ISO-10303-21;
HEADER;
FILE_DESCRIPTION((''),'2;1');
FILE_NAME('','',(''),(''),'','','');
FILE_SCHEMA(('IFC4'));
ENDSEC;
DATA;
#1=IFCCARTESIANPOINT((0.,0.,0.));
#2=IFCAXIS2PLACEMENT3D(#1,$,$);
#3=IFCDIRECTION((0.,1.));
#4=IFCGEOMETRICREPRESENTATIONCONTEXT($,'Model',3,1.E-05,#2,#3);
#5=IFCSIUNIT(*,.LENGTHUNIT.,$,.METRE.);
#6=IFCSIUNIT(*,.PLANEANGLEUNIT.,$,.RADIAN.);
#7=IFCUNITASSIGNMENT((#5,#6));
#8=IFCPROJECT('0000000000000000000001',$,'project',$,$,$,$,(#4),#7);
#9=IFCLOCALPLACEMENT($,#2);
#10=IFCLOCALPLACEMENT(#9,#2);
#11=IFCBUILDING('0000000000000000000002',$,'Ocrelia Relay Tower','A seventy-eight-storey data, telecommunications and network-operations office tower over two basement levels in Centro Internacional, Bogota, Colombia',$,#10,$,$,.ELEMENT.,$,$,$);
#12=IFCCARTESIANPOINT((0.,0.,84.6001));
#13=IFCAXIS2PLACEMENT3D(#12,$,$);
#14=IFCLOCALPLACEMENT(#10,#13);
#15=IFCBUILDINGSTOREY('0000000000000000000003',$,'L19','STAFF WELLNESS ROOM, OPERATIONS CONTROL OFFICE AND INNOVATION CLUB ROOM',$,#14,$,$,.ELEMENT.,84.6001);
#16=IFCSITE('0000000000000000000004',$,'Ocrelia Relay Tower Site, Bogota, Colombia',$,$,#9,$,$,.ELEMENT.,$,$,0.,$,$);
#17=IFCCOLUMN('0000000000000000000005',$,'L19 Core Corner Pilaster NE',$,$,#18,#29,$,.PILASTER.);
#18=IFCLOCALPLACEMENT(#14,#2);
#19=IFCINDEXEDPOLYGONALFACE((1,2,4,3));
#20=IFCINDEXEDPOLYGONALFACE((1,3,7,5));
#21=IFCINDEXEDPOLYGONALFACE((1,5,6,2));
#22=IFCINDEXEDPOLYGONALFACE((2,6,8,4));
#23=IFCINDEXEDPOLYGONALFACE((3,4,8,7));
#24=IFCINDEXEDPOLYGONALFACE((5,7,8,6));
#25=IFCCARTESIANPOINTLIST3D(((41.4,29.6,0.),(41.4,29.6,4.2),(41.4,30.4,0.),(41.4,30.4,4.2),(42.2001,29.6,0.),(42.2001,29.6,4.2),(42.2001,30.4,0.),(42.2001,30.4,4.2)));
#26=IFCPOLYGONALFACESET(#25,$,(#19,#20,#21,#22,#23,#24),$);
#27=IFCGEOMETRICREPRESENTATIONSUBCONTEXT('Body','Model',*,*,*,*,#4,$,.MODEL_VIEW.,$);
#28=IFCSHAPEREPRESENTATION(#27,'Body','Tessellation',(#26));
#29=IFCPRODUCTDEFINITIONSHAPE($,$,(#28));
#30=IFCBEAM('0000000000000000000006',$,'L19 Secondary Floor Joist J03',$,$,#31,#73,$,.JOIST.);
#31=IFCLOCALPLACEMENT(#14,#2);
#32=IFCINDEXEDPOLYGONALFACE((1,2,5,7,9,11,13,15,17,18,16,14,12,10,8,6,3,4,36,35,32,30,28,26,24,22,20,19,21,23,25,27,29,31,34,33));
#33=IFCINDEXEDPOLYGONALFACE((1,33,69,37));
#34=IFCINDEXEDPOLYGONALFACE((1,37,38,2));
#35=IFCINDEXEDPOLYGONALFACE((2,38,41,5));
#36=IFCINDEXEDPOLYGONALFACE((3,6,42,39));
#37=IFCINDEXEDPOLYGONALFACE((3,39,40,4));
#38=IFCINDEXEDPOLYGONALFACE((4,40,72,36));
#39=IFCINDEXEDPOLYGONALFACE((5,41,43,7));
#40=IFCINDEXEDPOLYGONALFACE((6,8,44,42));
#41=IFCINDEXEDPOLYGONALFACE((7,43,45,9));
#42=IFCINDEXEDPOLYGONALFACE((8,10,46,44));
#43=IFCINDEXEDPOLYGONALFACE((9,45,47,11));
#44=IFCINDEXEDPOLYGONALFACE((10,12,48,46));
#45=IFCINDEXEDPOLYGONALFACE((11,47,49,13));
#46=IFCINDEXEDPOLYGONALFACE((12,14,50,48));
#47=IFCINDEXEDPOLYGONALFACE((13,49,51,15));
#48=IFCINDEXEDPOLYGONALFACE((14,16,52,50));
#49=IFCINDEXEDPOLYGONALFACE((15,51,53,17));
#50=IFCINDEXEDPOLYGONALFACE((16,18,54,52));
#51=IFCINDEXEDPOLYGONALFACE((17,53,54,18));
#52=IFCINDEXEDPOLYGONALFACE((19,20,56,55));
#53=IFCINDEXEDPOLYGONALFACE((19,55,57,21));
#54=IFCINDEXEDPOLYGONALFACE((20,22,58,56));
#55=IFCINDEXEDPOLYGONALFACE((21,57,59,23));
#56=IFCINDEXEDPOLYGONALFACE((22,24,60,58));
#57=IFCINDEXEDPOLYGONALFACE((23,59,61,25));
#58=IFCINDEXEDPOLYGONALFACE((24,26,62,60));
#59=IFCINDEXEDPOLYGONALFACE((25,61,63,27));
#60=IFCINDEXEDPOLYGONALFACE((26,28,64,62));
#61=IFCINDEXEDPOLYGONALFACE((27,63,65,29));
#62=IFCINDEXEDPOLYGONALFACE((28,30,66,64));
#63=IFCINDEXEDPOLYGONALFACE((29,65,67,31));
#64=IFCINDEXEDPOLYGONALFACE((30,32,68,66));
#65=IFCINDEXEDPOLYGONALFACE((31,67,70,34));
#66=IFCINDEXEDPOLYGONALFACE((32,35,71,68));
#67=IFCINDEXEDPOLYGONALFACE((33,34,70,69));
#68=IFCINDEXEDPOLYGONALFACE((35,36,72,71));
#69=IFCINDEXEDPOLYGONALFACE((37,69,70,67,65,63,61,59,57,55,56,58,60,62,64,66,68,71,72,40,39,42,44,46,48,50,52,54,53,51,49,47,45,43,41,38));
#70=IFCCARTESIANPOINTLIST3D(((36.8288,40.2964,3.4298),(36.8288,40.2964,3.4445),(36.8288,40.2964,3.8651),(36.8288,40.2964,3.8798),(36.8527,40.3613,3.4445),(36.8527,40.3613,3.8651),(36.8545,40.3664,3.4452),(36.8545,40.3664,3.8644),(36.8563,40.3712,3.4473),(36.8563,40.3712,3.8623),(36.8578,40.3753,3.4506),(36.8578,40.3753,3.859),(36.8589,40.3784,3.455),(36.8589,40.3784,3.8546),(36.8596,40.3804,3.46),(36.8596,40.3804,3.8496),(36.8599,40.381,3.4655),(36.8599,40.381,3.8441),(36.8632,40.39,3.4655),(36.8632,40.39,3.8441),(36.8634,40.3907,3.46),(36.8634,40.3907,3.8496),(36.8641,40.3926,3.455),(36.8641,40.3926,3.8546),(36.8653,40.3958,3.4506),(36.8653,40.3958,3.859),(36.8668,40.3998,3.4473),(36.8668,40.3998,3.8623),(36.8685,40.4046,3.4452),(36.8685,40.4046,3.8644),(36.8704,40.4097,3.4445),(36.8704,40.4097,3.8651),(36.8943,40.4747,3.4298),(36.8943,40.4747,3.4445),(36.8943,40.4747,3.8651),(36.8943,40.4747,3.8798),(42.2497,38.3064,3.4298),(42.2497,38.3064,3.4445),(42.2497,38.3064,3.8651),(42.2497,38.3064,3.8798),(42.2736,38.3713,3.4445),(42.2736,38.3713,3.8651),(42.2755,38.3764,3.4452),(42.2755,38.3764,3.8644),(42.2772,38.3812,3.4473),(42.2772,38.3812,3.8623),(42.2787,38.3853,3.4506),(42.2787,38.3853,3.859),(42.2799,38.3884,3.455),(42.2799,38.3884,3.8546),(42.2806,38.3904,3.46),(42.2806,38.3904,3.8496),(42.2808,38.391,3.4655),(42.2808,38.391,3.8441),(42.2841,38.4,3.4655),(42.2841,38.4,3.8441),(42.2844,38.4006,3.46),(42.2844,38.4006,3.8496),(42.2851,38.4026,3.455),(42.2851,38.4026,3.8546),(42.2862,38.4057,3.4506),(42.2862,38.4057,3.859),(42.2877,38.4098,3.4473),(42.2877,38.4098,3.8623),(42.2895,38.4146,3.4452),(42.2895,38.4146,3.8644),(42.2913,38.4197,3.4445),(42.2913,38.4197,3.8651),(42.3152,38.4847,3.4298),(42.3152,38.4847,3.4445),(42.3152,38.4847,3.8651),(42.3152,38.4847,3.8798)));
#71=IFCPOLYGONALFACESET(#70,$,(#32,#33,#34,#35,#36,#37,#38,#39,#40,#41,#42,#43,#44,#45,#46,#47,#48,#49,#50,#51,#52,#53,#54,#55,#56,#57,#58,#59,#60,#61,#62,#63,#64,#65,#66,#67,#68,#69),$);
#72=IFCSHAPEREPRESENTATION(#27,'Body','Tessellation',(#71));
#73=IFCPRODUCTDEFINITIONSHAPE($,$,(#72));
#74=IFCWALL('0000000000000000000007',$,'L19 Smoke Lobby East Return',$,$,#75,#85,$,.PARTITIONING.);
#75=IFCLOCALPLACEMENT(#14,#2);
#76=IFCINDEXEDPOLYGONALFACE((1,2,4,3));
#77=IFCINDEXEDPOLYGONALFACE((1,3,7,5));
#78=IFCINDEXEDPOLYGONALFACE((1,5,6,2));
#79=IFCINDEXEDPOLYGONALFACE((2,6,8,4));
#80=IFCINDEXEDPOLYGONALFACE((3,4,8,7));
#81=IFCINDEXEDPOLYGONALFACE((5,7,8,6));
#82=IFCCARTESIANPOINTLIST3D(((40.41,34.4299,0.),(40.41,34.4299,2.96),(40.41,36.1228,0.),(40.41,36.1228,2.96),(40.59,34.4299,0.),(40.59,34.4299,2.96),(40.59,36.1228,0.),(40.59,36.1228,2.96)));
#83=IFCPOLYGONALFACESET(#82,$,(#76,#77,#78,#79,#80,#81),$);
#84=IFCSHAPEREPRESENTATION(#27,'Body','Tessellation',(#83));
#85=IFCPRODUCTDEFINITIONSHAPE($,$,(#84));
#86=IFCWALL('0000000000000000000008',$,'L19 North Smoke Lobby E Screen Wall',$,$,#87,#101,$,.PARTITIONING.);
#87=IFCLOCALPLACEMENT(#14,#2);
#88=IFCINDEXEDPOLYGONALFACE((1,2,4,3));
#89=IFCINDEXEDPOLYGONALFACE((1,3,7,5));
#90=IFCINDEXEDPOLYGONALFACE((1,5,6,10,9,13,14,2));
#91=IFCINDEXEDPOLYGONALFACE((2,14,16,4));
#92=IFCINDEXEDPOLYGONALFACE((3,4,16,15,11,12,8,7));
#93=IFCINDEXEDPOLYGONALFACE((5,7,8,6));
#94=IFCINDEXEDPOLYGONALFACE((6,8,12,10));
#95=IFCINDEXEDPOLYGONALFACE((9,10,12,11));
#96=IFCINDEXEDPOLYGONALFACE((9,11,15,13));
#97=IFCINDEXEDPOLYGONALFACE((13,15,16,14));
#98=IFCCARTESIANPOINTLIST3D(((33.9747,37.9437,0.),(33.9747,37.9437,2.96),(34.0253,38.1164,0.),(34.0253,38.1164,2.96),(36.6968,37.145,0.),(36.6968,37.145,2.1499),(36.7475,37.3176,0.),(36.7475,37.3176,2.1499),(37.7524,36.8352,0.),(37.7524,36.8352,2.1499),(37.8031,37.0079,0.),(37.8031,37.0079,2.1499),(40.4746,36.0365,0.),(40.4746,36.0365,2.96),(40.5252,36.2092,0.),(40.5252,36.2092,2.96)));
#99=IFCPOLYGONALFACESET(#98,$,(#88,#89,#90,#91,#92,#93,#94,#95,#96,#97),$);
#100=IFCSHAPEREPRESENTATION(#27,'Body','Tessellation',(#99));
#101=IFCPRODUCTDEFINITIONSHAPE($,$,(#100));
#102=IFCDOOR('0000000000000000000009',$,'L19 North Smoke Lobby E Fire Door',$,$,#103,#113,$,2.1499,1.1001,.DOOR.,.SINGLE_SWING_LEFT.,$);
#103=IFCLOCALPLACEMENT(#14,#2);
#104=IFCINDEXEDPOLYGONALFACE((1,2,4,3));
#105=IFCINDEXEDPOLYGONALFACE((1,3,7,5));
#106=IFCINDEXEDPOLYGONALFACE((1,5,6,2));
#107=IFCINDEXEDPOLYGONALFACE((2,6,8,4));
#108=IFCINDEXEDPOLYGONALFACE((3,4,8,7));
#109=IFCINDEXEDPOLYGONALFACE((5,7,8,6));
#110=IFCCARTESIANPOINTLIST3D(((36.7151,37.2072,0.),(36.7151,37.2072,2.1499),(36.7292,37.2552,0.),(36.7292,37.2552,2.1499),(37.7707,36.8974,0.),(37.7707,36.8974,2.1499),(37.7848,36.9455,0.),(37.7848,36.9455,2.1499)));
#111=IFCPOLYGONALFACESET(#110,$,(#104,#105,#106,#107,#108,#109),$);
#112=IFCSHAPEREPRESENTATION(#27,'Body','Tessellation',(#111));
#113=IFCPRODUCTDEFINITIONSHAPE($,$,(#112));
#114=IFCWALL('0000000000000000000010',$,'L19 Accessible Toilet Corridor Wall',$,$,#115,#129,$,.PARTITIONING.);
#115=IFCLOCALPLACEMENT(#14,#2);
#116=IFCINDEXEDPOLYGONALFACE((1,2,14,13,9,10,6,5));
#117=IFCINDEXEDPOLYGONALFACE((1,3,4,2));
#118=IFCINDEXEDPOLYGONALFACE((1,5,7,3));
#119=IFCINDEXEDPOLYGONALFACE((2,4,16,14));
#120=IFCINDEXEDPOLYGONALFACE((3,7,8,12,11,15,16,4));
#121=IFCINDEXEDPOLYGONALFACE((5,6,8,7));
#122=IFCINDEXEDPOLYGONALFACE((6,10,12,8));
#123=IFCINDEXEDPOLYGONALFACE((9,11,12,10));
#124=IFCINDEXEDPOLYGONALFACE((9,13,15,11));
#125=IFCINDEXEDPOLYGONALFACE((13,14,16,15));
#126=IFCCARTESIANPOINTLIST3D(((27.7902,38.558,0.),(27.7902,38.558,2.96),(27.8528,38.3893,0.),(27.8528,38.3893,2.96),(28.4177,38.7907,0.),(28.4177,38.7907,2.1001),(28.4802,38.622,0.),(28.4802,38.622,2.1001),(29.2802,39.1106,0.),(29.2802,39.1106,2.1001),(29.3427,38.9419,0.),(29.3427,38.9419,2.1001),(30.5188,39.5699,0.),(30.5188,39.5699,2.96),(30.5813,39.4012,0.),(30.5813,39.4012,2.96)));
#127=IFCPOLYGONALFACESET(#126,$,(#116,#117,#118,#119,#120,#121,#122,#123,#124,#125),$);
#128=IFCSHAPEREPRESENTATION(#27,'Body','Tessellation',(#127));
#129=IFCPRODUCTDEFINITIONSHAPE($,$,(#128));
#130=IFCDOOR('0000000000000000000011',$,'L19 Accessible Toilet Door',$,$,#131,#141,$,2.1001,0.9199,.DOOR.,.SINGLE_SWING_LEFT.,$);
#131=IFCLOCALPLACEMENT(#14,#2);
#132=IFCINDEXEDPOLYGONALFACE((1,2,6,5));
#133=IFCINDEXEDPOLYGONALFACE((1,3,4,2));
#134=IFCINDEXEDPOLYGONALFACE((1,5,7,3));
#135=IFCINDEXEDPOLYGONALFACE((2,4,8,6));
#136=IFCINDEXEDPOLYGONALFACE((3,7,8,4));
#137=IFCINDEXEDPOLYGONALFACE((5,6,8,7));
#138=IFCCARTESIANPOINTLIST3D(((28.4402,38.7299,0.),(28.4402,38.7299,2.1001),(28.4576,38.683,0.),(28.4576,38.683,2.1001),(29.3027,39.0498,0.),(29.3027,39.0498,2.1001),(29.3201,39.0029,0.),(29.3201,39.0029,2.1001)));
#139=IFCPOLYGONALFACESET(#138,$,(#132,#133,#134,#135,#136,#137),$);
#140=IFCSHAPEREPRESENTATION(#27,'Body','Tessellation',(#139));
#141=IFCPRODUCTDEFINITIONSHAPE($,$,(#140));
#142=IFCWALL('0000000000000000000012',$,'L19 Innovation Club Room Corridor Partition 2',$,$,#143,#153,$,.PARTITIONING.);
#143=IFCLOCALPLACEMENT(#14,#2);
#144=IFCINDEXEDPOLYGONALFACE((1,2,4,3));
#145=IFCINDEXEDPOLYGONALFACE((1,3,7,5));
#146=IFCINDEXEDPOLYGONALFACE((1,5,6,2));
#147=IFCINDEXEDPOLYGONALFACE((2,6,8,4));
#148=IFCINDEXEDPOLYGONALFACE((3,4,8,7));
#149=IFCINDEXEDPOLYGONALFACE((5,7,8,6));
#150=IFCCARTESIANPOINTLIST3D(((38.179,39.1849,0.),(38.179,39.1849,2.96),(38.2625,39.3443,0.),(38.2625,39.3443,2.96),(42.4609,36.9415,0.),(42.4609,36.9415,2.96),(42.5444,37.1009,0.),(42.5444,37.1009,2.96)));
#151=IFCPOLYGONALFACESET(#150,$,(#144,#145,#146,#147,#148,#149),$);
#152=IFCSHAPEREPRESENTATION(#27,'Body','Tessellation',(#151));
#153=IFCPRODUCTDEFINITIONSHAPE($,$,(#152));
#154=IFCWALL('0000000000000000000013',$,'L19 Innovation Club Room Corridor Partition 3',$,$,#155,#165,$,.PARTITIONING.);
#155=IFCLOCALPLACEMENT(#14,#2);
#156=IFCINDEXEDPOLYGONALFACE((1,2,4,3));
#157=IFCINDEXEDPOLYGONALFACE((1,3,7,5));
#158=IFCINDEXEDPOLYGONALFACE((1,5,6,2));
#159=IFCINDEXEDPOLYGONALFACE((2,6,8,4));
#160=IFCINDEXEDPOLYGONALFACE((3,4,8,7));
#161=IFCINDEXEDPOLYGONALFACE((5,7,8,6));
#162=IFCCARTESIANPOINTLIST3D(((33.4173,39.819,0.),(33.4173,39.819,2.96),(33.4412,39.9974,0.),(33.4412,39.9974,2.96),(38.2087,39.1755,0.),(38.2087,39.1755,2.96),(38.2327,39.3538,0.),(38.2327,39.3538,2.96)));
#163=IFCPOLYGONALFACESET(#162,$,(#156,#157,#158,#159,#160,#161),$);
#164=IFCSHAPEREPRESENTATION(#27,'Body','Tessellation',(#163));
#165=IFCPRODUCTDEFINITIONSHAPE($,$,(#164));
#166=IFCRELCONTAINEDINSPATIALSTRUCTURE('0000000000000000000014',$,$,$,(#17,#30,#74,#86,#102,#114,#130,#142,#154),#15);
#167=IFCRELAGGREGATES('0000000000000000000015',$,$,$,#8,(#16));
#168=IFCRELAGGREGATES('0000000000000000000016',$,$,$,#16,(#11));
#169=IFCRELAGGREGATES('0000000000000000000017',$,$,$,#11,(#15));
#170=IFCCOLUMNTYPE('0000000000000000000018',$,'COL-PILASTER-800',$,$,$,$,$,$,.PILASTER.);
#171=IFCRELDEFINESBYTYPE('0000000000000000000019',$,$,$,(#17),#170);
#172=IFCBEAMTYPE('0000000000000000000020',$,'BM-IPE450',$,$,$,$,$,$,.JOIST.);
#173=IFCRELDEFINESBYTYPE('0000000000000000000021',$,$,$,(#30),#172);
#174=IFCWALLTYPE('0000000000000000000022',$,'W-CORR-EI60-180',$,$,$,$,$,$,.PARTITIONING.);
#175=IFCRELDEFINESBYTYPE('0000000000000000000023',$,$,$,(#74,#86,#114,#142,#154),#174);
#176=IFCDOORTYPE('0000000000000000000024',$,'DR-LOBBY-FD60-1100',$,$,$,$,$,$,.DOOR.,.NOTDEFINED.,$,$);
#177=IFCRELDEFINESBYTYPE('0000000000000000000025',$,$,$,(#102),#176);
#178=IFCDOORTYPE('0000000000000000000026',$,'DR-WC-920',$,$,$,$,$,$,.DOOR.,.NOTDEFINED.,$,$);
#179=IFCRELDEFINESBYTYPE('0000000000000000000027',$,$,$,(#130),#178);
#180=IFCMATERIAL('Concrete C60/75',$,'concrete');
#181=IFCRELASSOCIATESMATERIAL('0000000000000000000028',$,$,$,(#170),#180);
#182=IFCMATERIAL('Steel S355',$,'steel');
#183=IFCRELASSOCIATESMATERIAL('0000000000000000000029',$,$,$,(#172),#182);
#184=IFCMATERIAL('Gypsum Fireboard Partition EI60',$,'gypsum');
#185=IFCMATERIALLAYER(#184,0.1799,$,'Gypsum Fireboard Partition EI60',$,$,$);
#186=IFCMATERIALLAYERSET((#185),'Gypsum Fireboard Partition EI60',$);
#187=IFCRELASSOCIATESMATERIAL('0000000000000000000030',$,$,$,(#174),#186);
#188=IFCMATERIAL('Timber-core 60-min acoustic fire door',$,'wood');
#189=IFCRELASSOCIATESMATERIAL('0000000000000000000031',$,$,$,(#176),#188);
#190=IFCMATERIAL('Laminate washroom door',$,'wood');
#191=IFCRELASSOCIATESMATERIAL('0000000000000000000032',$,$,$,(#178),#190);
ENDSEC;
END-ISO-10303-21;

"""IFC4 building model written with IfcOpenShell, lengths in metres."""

from ifc_helpers import new_model, si_unit, direction, frame, frame_2d, origin, origin_2d, place, context, subcontext, project, spatial, rectangle, i_section, extrude, material, layer, layer_set, material_profile, profile_set, type_object, element, fill, save


model = new_model("IFC4")

# Units and contexts
model_context = context("Model", 3, precision=1e-05, world=origin(), true_north=direction((0.0, 1.0)))
body_context = subcontext(model_context, "Body", "Model", "MODEL_VIEW")
ifc_project = project(units=[si_unit("LENGTHUNIT", "METRE"), si_unit("PLANEANGLEUNIT", "RADIAN")], contexts=[model_context])

# Site, building, storey
site_placement = place(None, origin())
site = spatial("IfcSite", under=ifc_project, at=site_placement, Name="Ocrelia Relay Tower Site, Bogota, Colombia", CompositionType="ELEMENT", RefElevation=0.0)
building_placement = place(site_placement, origin())
building = spatial("IfcBuilding", under=site, at=building_placement, Name="Ocrelia Relay Tower", Description="A seventy-eight-storey data, telecommunications and network-operations office tower over two basement levels in Centro Internacional, Bogota, Colombia", CompositionType="ELEMENT")
storey_placement = place(building_placement, frame((0.0, 0.0, 84.6001)))
storey = spatial("IfcBuildingStorey", under=building, at=storey_placement, Name="L19", Description="STAFF WELLNESS ROOM, OPERATIONS CONTROL OFFICE AND INNOVATION CLUB ROOM", CompositionType="ELEMENT", Elevation=84.6001)

# Column
ifc_material_1 = material(Name="Concrete C60/75", Category="concrete")
ifc_material_profile_1 = material_profile(ifc_material_1, rectangle(XDim=0.8, YDim=0.8, at=origin_2d()), Name="RC-COL-800x800")
ifc_profile_set_1 = profile_set([ifc_material_profile_1], Name="Concrete C60/75")
column_type = type_object("IfcColumnType", Name="COL-PILASTER-800", PredefinedType="PILASTER", material=ifc_profile_set_1)
column_placement = place(storey_placement, frame((41.8, 30.0, 0.0), z_axis=(0.0, 0.0, 1.0), x_axis=(1.0, 0.0, 0.0)))
element("IfcColumn", 1, at=column_placement, inside=storey, type_object=column_type, Name="L19 Core Corner Pilaster NE", PredefinedType="PILASTER", context=body_context, shape_type="SweptSolid", body=[
    extrude(rectangle(XDim=0.8, YDim=0.8, at=origin_2d()), origin(), (0.0, 0.0, 1.0), 4.2),
])

# Beam
ifc_material_2 = material(Name="Steel S355", Category="steel")
ifc_material_profile_2 = material_profile(ifc_material_2, i_section(OverallWidth=0.1899, OverallDepth=0.45, WebThickness=0.0095, FlangeThickness=0.0146, FilletRadius=0.021, at=origin_2d()), Name="IPE 450")
ifc_profile_set_2 = profile_set([ifc_material_profile_2], Name="Steel S355")
beam_type = type_object("IfcBeamType", Name="BM-IPE450", PredefinedType="JOIST", material=ifc_profile_set_2)
beam_placement = place(storey_placement, frame((42.2825, 38.3955, 3.6548), z_axis=(-0.938746, 0.34461, 0.0), x_axis=(-0.34461, -0.938746, 0.0)))
element("IfcBeam", 2, at=beam_placement, inside=storey, type_object=beam_type, Name="L19 Secondary Floor Joist J03", PredefinedType="JOIST", context=body_context, shape_type="SweptSolid", body=[
    extrude(i_section(OverallWidth=0.1899, OverallDepth=0.45, WebThickness=0.0095, FlangeThickness=0.0146, FilletRadius=0.021, at=origin_2d()), origin(), (0.0, 0.0, 1.0), 5.7747),
])

# Wall
ifc_material_3 = material(Name="Gypsum Fireboard Partition EI60", Category="gypsum")
ifc_layer_1 = layer(ifc_material_3, 0.1799, Name="Gypsum Fireboard Partition EI60")
ifc_layer_set_1 = layer_set([ifc_layer_1], Name="Gypsum Fireboard Partition EI60")
wall_type_1 = type_object("IfcWallType", Name="W-CORR-EI60-180", PredefinedType="PARTITIONING", material=ifc_layer_set_1)
wall_1_placement = place(storey_placement, frame((40.5, 36.1228, 0.0), z_axis=(0.0, 0.0, 1.0), x_axis=(0.0, -1.0, 0.0)))
element("IfcWall", 3, at=wall_1_placement, inside=storey, type_object=wall_type_1, Name="L19 Smoke Lobby East Return", PredefinedType="PARTITIONING", context=body_context, shape_type="SweptSolid", body=[
    extrude(rectangle(XDim=1.6929, YDim=0.1799, at=frame_2d((0.8464, 0.0))), origin(), (0.0, 0.0, 1.0), 2.96),
])

# Walls, openings, doors
wall_2_placement = place(storey_placement, frame((34.0, 38.03, 0.0), z_axis=(0.0, 0.0, 1.0), x_axis=(0.959547, -0.28155, 0.0)))
wall_2 = element("IfcWall", 4, at=wall_2_placement, inside=storey, type_object=wall_type_1, Name="L19 North Smoke Lobby E Screen Wall", PredefinedType="PARTITIONING", context=body_context, shape_type="SweptSolid", body=[
    extrude(rectangle(XDim=6.7739, YDim=0.1799, at=frame_2d((3.387, 0.0))), origin(), (0.0, 0.0, 1.0), 2.96),
])
opening_1_placement = place(wall_2_placement, frame((2.8369, 0.0, 0.0)))
opening_1 = element("IfcOpeningElement", 5, at=opening_1_placement, cuts=wall_2, PredefinedType="OPENING", context=body_context, shape_type="SweptSolid", body=[
    extrude(rectangle(XDim=1.1001, YDim=2.1499, at=frame_2d((0.55, 1.075))), frame((0.0, 0.1001, 0.0), z_axis=(0.0, -1.0, 0.0), x_axis=(1.0, 0.0, 0.0)), (0.0, 0.0, 1.0), 0.2),
])
ifc_material_4 = material(Name="Timber-core 60-min acoustic fire door", Category="wood")
door_type_1 = type_object("IfcDoorType", Name="DR-LOBBY-FD60-1100", OperationType="NOTDEFINED", PredefinedType="DOOR", material=ifc_material_4)
door_1_placement = place(opening_1_placement, origin())
door_1 = element("IfcDoor", 6, at=door_1_placement, inside=storey, type_object=door_type_1, Name="L19 North Smoke Lobby E Fire Door", OperationType="SINGLE_SWING_LEFT", OverallHeight=2.1499, OverallWidth=1.1001, PredefinedType="DOOR", context=body_context, shape_type="SweptSolid", body=[
    extrude(rectangle(XDim=1.1001, YDim=2.1499, at=frame_2d((0.55, 1.075))), frame((0.0, 0.0249, 0.0), z_axis=(0.0, -1.0, 0.0), x_axis=(1.0, 0.0, 0.0)), (0.0, 0.0, 1.0), 0.05),
])
fill(opening_1, door_1)
wall_3_placement = place(storey_placement, frame((30.55, 39.4856, 0.0), z_axis=(0.0, 0.0, 1.0), x_axis=(-0.937592, -0.347738, 0.0)))
wall_3 = element("IfcWall", 7, at=wall_3_placement, inside=storey, type_object=wall_type_1, Name="L19 Accessible Toilet Corridor Wall", PredefinedType="PARTITIONING", context=body_context, shape_type="SweptSolid", body=[
    extrude(rectangle(XDim=2.9102, YDim=0.1799, at=frame_2d((1.4551, 0.0))), origin(), (0.0, 0.0, 1.0), 2.96),
])
opening_2_placement = place(wall_3_placement, frame((1.321, 0.0, 0.0)))
opening_2 = element("IfcOpeningElement", 8, at=opening_2_placement, cuts=wall_3, PredefinedType="OPENING", context=body_context, shape_type="SweptSolid", body=[
    extrude(rectangle(XDim=0.9199, YDim=2.1001, at=frame_2d((0.46, 1.05))), frame((0.0, 0.1001, 0.0), z_axis=(0.0, -1.0, 0.0), x_axis=(1.0, 0.0, 0.0)), (0.0, 0.0, 1.0), 0.2),
])
ifc_material_5 = material(Name="Laminate washroom door", Category="wood")
door_type_2 = type_object("IfcDoorType", Name="DR-WC-920", OperationType="NOTDEFINED", PredefinedType="DOOR", material=ifc_material_5)
door_2_placement = place(opening_2_placement, origin())
door_2 = element("IfcDoor", 9, at=door_2_placement, inside=storey, type_object=door_type_2, Name="L19 Accessible Toilet Door", OperationType="SINGLE_SWING_LEFT", OverallHeight=2.1001, OverallWidth=0.9199, PredefinedType="DOOR", context=body_context, shape_type="SweptSolid", body=[
    extrude(rectangle(XDim=0.9199, YDim=2.1001, at=frame_2d((0.46, 1.05))), frame((0.0, 0.0249, 0.0), z_axis=(0.0, -1.0, 0.0), x_axis=(1.0, 0.0, 0.0)), (0.0, 0.0, 1.0), 0.05),
])
fill(opening_2, door_2)

# Walls
wall_4_placement = place(storey_placement, frame((42.5027, 37.0212, 0.0), z_axis=(0.0, 0.0, 1.0), x_axis=(-0.885792, 0.464082, 0.0)))
element("IfcWall", 10, at=wall_4_placement, inside=storey, type_object=wall_type_1, Name="L19 Innovation Club Room Corridor Partition 2", PredefinedType="PARTITIONING", context=body_context, shape_type="SweptSolid", body=[
    extrude(rectangle(XDim=4.834, YDim=0.1799, at=frame_2d((2.417, 0.0))), origin(), (0.0, 0.0, 1.0), 2.96),
])
wall_5_placement = place(storey_placement, frame((38.2207, 39.2646, 0.0), z_axis=(0.0, 0.0, 1.0), x_axis=(-0.9911, 0.133116, 0.0)))
element("IfcWall", 11, at=wall_5_placement, inside=storey, type_object=wall_type_1, Name="L19 Innovation Club Room Corridor Partition 3", PredefinedType="PARTITIONING", context=body_context, shape_type="SweptSolid", body=[
    extrude(rectangle(XDim=4.8345, YDim=0.1799, at=frame_2d((2.4172, 0.0))), origin(), (0.0, 0.0, 1.0), 2.96),
])

save(model, "model.ifc")
